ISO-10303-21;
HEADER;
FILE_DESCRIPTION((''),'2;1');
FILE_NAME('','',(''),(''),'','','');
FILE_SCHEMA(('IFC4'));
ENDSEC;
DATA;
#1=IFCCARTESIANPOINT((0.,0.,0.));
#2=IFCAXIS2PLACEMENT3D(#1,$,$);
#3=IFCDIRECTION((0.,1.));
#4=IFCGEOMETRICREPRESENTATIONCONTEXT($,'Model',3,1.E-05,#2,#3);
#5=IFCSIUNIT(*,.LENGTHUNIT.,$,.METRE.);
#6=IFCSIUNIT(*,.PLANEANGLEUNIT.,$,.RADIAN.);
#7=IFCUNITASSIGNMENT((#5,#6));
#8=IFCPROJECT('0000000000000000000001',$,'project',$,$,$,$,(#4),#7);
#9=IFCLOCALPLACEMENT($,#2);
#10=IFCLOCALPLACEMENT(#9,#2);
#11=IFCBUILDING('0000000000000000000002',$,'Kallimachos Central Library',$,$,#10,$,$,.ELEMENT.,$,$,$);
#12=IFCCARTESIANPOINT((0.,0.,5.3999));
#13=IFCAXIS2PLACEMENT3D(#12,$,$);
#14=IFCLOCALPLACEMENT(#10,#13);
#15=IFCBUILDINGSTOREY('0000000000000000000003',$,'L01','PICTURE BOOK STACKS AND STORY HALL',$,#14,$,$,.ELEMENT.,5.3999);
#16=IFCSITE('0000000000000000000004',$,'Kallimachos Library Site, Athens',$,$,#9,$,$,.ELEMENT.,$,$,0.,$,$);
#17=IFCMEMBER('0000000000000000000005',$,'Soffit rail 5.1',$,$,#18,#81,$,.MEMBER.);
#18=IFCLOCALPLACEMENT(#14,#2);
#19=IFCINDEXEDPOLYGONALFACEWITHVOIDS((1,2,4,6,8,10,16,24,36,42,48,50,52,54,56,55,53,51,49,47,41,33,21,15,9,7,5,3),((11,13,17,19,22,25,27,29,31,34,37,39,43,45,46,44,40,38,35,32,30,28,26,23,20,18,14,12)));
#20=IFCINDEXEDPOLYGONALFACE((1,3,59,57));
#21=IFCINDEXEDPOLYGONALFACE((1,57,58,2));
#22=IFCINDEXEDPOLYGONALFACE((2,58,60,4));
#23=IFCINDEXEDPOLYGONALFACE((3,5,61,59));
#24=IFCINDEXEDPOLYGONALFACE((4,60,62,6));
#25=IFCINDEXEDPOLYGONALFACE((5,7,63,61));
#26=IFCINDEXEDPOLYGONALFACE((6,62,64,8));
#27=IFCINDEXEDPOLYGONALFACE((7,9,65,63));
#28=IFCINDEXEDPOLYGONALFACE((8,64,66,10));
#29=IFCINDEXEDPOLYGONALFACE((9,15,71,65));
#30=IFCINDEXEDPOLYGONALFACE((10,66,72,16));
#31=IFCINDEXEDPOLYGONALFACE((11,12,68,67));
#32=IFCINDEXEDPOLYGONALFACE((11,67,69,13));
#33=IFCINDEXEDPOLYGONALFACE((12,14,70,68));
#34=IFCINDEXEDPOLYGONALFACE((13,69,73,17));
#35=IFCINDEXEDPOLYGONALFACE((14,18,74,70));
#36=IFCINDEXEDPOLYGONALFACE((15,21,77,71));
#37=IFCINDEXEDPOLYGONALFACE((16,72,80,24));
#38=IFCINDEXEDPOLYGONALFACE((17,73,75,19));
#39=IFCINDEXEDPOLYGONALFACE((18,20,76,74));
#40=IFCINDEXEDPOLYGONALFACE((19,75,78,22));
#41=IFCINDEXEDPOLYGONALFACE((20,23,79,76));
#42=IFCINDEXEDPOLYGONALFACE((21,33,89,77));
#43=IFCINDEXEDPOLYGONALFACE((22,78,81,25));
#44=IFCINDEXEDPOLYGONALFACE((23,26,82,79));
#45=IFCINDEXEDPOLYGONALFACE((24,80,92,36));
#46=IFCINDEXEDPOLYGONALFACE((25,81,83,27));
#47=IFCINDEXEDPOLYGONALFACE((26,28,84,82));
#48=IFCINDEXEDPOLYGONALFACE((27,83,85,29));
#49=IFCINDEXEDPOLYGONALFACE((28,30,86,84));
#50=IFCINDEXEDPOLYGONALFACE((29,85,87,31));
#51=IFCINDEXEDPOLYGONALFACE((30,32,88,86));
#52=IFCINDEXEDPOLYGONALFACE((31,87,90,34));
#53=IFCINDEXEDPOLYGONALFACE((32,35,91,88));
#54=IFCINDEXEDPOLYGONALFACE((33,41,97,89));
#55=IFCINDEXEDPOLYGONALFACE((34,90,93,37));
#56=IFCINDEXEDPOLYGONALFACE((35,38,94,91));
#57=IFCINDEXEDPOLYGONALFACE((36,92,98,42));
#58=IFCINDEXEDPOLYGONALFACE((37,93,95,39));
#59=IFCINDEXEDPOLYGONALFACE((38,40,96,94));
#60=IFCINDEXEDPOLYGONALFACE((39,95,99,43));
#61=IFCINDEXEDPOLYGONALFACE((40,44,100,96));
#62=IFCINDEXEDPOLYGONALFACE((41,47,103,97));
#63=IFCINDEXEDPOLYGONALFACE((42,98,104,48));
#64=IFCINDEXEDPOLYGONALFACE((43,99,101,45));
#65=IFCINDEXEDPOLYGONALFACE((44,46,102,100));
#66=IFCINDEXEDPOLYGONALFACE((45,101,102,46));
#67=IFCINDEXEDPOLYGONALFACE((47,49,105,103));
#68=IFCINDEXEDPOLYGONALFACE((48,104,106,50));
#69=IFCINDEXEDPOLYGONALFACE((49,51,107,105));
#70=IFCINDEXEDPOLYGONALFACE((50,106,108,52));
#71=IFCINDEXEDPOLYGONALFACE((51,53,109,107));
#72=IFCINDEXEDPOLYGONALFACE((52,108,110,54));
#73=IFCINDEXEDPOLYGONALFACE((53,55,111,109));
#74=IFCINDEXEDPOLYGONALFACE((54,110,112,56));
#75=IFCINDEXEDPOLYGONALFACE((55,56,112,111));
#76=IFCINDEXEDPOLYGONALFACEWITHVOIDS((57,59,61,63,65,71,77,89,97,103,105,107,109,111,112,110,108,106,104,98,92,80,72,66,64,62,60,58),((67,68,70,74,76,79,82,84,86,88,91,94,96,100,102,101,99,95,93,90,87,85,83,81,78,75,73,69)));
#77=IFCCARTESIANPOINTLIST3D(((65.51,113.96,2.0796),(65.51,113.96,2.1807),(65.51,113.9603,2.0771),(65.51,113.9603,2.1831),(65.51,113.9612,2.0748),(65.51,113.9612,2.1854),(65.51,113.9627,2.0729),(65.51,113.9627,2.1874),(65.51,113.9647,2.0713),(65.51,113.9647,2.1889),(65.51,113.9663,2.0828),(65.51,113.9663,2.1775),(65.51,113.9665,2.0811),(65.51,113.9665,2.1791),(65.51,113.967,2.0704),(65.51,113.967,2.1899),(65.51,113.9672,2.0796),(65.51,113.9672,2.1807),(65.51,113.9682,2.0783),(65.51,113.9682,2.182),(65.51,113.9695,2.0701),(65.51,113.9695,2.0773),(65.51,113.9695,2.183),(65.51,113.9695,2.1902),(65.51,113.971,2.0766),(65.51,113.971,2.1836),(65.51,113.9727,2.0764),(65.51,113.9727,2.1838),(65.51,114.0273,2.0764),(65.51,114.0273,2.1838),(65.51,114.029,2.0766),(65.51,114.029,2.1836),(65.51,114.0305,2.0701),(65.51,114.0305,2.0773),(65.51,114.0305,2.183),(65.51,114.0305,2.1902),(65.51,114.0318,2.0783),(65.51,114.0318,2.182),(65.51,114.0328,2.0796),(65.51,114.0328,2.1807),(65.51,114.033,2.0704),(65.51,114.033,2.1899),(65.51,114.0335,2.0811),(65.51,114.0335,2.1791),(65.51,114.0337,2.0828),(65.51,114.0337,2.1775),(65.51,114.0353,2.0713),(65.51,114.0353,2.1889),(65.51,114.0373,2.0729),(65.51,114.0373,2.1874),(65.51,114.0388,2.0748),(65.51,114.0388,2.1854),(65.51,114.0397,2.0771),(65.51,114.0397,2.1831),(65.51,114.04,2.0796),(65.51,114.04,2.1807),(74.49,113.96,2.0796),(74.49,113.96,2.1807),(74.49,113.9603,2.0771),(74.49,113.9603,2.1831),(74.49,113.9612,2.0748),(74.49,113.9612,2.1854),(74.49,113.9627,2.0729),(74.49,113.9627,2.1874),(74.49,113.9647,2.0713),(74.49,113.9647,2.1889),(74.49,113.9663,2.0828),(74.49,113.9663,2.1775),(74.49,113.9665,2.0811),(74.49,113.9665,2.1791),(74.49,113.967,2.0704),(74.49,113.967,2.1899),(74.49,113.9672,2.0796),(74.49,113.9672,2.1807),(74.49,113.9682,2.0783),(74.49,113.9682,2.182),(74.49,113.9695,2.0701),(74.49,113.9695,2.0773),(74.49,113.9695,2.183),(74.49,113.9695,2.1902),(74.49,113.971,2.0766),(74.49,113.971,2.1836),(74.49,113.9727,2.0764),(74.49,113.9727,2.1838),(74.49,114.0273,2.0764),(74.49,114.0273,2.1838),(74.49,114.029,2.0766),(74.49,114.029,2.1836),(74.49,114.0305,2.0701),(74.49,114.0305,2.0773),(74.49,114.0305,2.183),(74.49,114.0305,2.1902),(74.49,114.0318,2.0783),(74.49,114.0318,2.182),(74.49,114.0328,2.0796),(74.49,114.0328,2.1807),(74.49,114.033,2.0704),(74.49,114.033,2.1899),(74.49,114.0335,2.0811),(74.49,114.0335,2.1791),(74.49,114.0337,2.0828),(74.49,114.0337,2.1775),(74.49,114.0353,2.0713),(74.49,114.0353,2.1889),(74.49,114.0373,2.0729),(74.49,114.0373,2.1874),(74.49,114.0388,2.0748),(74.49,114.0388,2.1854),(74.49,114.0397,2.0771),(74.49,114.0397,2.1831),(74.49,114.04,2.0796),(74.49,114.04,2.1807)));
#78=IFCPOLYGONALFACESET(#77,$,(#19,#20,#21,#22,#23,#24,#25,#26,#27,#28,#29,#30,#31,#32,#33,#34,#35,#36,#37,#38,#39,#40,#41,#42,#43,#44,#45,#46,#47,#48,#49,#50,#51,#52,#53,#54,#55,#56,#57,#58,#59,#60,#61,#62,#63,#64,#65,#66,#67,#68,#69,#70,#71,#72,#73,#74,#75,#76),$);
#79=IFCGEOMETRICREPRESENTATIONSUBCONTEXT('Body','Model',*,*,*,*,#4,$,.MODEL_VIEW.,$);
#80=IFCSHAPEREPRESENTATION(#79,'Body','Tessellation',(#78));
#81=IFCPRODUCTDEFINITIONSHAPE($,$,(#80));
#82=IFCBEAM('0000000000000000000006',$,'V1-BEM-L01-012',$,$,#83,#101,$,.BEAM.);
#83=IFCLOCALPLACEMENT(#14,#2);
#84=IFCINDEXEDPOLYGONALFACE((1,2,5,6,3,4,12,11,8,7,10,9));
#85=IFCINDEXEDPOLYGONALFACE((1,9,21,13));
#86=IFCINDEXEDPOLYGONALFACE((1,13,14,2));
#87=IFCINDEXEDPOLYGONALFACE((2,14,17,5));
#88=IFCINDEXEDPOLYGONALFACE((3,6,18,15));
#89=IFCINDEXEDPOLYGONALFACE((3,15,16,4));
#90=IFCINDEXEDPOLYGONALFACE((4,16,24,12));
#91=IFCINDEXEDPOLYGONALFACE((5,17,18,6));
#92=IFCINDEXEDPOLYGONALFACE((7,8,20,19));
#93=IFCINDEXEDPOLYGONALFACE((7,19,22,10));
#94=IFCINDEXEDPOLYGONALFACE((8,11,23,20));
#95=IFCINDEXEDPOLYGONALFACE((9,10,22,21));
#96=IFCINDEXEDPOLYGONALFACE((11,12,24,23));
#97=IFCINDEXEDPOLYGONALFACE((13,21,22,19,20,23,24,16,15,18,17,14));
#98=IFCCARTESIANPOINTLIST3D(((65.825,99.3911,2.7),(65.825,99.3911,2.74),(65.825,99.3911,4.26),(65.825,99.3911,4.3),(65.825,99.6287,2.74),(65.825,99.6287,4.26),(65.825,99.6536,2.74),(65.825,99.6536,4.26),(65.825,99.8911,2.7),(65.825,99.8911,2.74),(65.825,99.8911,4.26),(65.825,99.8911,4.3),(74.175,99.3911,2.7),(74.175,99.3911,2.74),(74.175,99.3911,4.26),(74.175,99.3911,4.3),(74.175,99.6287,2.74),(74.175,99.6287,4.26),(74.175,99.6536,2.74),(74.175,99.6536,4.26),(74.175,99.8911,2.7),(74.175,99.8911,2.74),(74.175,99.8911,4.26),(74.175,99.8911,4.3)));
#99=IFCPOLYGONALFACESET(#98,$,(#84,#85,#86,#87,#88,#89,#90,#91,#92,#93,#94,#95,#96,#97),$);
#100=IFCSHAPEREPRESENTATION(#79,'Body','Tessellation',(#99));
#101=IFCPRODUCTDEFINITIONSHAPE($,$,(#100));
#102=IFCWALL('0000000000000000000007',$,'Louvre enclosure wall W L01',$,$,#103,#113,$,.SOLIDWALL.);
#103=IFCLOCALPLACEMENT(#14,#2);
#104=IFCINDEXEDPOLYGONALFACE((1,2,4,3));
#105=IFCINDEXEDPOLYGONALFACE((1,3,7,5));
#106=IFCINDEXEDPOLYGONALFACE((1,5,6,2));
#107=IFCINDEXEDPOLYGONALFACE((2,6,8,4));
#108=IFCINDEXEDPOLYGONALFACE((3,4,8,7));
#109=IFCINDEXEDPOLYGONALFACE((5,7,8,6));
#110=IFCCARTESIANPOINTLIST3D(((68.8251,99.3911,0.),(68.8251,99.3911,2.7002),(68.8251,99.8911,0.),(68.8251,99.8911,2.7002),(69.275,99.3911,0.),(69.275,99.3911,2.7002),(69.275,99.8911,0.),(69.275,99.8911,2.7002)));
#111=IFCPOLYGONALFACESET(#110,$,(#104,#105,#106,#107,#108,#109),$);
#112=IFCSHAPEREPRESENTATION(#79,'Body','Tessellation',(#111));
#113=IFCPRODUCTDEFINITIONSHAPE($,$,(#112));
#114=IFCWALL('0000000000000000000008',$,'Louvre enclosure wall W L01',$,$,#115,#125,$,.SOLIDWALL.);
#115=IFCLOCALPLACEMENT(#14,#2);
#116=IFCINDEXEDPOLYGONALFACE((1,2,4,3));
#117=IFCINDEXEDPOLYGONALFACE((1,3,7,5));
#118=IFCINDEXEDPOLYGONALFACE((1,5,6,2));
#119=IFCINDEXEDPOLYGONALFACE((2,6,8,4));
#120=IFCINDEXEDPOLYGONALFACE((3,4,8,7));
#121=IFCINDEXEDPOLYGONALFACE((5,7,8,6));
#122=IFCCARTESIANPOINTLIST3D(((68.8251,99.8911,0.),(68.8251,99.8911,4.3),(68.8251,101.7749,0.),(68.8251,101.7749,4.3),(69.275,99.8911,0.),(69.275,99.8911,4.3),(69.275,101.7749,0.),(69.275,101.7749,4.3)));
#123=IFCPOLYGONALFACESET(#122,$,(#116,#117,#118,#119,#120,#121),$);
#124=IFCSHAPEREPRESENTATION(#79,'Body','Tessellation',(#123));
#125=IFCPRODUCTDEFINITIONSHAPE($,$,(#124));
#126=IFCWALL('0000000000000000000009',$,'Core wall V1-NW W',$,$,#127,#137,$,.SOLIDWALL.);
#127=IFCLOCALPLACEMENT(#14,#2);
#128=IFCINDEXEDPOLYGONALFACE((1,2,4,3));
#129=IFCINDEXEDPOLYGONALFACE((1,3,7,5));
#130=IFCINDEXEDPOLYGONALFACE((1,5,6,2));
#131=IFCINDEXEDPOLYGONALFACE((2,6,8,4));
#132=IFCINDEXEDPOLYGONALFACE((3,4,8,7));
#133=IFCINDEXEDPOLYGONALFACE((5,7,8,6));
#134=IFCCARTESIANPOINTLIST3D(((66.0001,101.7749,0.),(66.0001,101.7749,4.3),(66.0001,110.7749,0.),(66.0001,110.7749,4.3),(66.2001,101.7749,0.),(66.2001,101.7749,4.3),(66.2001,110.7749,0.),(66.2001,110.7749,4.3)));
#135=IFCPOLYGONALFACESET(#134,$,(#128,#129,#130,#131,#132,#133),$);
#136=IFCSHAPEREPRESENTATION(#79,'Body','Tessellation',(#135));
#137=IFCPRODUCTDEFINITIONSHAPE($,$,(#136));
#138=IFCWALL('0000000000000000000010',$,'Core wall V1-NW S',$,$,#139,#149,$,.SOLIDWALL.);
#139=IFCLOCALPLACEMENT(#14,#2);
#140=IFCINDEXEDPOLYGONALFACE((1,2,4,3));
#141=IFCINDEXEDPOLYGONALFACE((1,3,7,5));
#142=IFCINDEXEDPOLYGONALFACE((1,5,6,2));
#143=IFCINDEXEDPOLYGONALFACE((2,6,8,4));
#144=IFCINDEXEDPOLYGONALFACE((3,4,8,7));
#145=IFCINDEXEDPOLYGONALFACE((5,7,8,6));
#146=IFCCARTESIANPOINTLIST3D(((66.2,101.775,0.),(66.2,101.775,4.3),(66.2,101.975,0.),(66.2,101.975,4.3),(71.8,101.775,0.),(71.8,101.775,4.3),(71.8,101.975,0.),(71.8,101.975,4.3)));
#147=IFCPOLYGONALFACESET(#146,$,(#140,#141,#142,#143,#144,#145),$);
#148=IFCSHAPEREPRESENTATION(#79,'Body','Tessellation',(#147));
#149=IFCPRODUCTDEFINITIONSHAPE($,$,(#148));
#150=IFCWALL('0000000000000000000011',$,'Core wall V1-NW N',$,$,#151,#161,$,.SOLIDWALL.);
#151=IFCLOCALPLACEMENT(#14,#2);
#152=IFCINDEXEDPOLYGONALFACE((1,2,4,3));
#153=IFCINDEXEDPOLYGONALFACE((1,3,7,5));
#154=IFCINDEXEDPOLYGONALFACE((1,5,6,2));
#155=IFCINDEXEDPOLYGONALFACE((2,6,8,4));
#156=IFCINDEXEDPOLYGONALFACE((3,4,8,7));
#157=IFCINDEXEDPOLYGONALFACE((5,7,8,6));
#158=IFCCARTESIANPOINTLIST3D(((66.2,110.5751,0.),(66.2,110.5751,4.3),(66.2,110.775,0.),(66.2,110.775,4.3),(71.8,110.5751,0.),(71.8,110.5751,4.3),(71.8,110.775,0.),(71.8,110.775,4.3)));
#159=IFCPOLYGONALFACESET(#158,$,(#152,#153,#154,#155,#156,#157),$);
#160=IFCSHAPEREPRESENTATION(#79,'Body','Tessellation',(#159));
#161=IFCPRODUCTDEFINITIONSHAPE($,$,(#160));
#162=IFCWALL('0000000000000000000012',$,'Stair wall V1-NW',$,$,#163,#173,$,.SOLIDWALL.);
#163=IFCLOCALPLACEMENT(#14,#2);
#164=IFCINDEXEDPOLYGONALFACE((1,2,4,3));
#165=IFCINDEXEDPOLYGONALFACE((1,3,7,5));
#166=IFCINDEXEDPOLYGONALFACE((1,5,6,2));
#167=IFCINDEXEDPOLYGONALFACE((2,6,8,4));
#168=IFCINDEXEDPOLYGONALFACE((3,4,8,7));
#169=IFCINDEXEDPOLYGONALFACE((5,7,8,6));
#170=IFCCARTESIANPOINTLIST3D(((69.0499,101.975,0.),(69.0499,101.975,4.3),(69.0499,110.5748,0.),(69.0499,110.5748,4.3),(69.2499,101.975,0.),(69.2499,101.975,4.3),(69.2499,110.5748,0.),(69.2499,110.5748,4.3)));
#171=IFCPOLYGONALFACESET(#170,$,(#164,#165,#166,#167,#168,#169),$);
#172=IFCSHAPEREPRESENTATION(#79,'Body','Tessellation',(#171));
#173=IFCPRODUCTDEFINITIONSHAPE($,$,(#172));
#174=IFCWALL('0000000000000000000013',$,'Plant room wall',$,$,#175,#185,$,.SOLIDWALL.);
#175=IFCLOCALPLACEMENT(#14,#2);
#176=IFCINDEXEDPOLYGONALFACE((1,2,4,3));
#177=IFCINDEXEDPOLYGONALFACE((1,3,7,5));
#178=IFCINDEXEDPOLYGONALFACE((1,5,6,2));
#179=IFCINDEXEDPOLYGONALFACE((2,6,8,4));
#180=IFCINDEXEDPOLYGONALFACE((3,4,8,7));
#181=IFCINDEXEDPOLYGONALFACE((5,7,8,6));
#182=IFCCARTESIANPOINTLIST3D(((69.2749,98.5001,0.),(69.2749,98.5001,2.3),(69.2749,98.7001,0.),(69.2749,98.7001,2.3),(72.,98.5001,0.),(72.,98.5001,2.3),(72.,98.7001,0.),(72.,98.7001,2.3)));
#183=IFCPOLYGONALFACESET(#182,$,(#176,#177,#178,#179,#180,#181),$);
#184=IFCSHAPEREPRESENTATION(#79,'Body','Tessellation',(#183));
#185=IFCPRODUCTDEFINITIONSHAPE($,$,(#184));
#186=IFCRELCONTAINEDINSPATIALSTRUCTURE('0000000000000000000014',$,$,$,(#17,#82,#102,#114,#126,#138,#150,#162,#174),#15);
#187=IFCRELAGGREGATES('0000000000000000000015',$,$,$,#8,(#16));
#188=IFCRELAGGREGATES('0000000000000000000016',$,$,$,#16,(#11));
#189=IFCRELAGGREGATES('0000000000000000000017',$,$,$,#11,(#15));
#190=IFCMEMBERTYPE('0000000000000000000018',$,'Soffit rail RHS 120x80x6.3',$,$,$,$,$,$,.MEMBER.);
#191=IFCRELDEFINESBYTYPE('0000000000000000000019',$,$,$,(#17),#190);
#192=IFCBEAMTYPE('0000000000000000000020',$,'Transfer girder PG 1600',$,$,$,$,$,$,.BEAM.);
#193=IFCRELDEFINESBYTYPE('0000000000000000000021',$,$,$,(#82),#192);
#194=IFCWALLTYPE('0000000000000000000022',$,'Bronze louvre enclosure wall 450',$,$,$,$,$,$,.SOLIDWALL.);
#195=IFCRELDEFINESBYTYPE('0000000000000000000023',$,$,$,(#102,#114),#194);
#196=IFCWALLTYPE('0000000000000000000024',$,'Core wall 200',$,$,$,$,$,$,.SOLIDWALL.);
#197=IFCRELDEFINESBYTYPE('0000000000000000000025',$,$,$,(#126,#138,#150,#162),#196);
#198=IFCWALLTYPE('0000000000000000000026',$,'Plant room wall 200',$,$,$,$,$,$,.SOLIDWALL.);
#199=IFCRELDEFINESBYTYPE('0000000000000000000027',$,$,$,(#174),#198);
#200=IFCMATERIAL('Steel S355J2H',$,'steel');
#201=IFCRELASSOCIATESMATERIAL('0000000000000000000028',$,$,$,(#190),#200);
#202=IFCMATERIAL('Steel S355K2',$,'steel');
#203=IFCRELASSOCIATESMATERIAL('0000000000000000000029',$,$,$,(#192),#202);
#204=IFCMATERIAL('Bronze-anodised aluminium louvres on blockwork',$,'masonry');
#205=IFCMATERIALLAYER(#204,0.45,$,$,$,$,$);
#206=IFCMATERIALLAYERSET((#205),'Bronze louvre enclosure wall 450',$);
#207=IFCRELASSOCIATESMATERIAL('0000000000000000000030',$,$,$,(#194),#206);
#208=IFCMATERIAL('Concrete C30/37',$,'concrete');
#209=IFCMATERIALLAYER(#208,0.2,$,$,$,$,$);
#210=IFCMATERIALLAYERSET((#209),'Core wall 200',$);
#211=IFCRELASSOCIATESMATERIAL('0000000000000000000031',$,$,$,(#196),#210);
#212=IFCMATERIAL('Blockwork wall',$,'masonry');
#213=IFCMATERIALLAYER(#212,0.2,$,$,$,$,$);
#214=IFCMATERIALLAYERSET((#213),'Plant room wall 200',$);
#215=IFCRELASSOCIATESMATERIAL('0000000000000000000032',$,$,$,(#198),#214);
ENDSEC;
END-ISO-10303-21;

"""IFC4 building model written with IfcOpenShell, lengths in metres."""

from ifc_helpers import new_model, si_unit, direction, frame, frame_2d, origin, origin_2d, place, context, subcontext, project, spatial, rectangle, hollow_rectangle, i_section, extrude, material, layer, layer_set, material_profile, profile_set, type_object, element, save


model = new_model("IFC4")

# Units and contexts
model_context = context("Model", 3, precision=1e-05, world=origin(), true_north=direction((0.0, 1.0)))
body_context = subcontext(model_context, "Body", "Model", "MODEL_VIEW")
ifc_project = project(units=[si_unit("LENGTHUNIT", "METRE"), si_unit("PLANEANGLEUNIT", "RADIAN")], contexts=[model_context])

# Site, building, storey
site_placement = place(None, origin())
site = spatial("IfcSite", under=ifc_project, at=site_placement, Name="Kallimachos Library Site, Athens", CompositionType="ELEMENT", RefElevation=0.0)
building_placement = place(site_placement, origin())
building = spatial("IfcBuilding", under=site, at=building_placement, Name="Kallimachos Central Library", CompositionType="ELEMENT")
storey_placement = place(building_placement, frame((0.0, 0.0, 5.3999)))
storey = spatial("IfcBuildingStorey", under=building, at=storey_placement, Name="L01", Description="PICTURE BOOK STACKS AND STORY HALL", CompositionType="ELEMENT", Elevation=5.3999)

# Member
ifc_material_1 = material(Name="Steel S355J2H", Category="steel")
ifc_material_profile_1 = material_profile(ifc_material_1, hollow_rectangle(XDim=0.0801, YDim=0.1201, WallThickness=0.0063, InnerFilletRadius=0.0063, OuterFilletRadius=0.0095, at=origin_2d()), Name="RHS 120x80x6.3")
ifc_profile_set_1 = profile_set([ifc_material_profile_1], Name="Steel S355J2H")
member_type_1 = type_object("IfcMemberType", Name="Soffit rail RHS 120x80x6.3", PredefinedType="MEMBER", material=ifc_profile_set_1)
member_1_placement = place(storey_placement, frame((65.51, 114.0, 2.1301), z_axis=(1.0, 0.0, 0.0), x_axis=(0.0, 1.0, 0.0)))
element("IfcMember", 1, at=member_1_placement, inside=storey, type_object=member_type_1, Name="Soffit rail 5.1", PredefinedType="MEMBER", context=body_context, shape_type="SweptSolid", body=[
    extrude(hollow_rectangle(XDim=0.0801, YDim=0.1201, WallThickness=0.0063, InnerFilletRadius=0.0063, OuterFilletRadius=0.0095, at=origin_2d()), origin(), (0.0, 0.0, 1.0), 8.98),
])

# Beam
ifc_material_2 = material(Name="Steel S355K2", Category="steel")
ifc_material_profile_2 = material_profile(ifc_material_2, i_section(OverallWidth=0.5, OverallDepth=1.6001, WebThickness=0.0249, FlangeThickness=0.04, at=origin_2d()), Name="PG 1600x500-25/40")
ifc_profile_set_2 = profile_set([ifc_material_profile_2], Name="Steel S355K2")
beam_type_1 = type_object("IfcBeamType", Name="Transfer girder PG 1600", PredefinedType="BEAM", material=ifc_profile_set_2)
beam_1_placement = place(storey_placement, frame((65.825, 99.6411, 3.5), z_axis=(1.0, 0.0, 0.0), x_axis=(0.0, 1.0, 0.0)))
element("IfcBeam", 2, at=beam_1_placement, inside=storey, type_object=beam_type_1, Name="V1-BEM-L01-012", PredefinedType="BEAM", context=body_context, shape_type="SweptSolid", body=[
    extrude(i_section(OverallWidth=0.5, OverallDepth=1.6001, WebThickness=0.0249, FlangeThickness=0.04, at=origin_2d()), origin(), (0.0, 0.0, 1.0), 8.3501),
])

# Walls
ifc_material_3 = material(Name="Bronze-anodised aluminium louvres on blockwork", Category="masonry")
ifc_layer_1 = layer(ifc_material_3, 0.45)
ifc_layer_set_1 = layer_set([ifc_layer_1], Name="Bronze louvre enclosure wall 450")
wall_type_1 = type_object("IfcWallType", Name="Bronze louvre enclosure wall 450", PredefinedType="SOLIDWALL", material=ifc_layer_set_1)
wall_1_placement = place(storey_placement, frame((69.05, 99.3911, 0.0), z_axis=(0.0, 0.0, 1.0), x_axis=(0.0, 1.0, 0.0)))
element("IfcWall", 3, at=wall_1_placement, inside=storey, type_object=wall_type_1, Name="Louvre enclosure wall W L01", PredefinedType="SOLIDWALL", context=body_context, shape_type="SweptSolid", body=[
    extrude(rectangle(XDim=0.5, YDim=0.45, at=frame_2d((0.25, 0.0))), origin(), (0.0, 0.0, 1.0), 2.7002),
])
wall_2_placement = place(storey_placement, frame((69.05, 99.8911, 0.0), z_axis=(0.0, 0.0, 1.0), x_axis=(0.0, 1.0, 0.0)))
element("IfcWall", 4, at=wall_2_placement, inside=storey, type_object=wall_type_1, Name="Louvre enclosure wall W L01", PredefinedType="SOLIDWALL", context=body_context, shape_type="SweptSolid", body=[
    extrude(rectangle(XDim=1.8838, YDim=0.45, at=frame_2d((0.9419, 0.0))), origin(), (0.0, 0.0, 1.0), 4.3),
])
ifc_material_4 = material(Name="Concrete C30/37", Category="concrete")
ifc_layer_2 = layer(ifc_material_4, 0.2)
ifc_layer_set_2 = layer_set([ifc_layer_2], Name="Core wall 200")
wall_type_2 = type_object("IfcWallType", Name="Core wall 200", PredefinedType="SOLIDWALL", material=ifc_layer_set_2)
wall_3_placement = place(storey_placement, frame((66.1001, 101.7749, 0.0), z_axis=(0.0, 0.0, 1.0), x_axis=(0.0, 1.0, 0.0)))
element("IfcWall", 5, at=wall_3_placement, inside=storey, type_object=wall_type_2, Name="Core wall V1-NW W", PredefinedType="SOLIDWALL", context=body_context, shape_type="SweptSolid", body=[
    extrude(rectangle(XDim=9.0, YDim=0.2, at=frame_2d((4.5, 0.0))), origin(), (0.0, 0.0, 1.0), 4.3),
])
for number, where, z_axis, x_axis, name in (
    (6, (66.2, 101.875, 0.0), (0.0, 0.0, 1.0), (1.0, 0.0, 0.0), "Core wall V1-NW S"),
    (7, (66.2, 110.675, 0.0), (0.0, 0.0, 1.0), (1.0, 0.0, 0.0), "Core wall V1-NW N"),
):
    element("IfcWall", number, at=place(storey_placement, frame(where, z_axis=z_axis, x_axis=x_axis)), inside=storey, type_object=wall_type_2, Name=name, PredefinedType="SOLIDWALL", context=body_context, shape_type="SweptSolid", body=[
        extrude(rectangle(XDim=5.6001, YDim=0.2, at=frame_2d((2.8, 0.0))), origin(), (0.0, 0.0, 1.0), 4.3),
    ])
wall_4_placement = place(storey_placement, frame((69.1499, 101.9751, 0.0), z_axis=(0.0, 0.0, 1.0), x_axis=(0.0, 1.0, 0.0)))
element("IfcWall", 8, at=wall_4_placement, inside=storey, type_object=wall_type_2, Name="Stair wall V1-NW", PredefinedType="SOLIDWALL", context=body_context, shape_type="SweptSolid", body=[
    extrude(rectangle(XDim=8.5999, YDim=0.2, at=frame_2d((4.2998, 0.0))), origin(), (0.0, 0.0, 1.0), 4.3),
])
ifc_material_5 = material(Name="Blockwork wall", Category="masonry")
ifc_layer_3 = layer(ifc_material_5, 0.2)
ifc_layer_set_3 = layer_set([ifc_layer_3], Name="Plant room wall 200")
wall_type_3 = type_object("IfcWallType", Name="Plant room wall 200", PredefinedType="SOLIDWALL", material=ifc_layer_set_3)
wall_5_placement = place(storey_placement, frame((69.2749, 98.6001, 0.0), z_axis=(0.0, 0.0, 1.0), x_axis=(1.0, 0.0, 0.0)))
element("IfcWall", 9, at=wall_5_placement, inside=storey, type_object=wall_type_3, Name="Plant room wall", PredefinedType="SOLIDWALL", context=body_context, shape_type="SweptSolid", body=[
    extrude(rectangle(XDim=2.7251, YDim=0.2, at=frame_2d((1.3625, 0.0))), origin(), (0.0, 0.0, 1.0), 2.3),
])

save(model, "model.ifc")
